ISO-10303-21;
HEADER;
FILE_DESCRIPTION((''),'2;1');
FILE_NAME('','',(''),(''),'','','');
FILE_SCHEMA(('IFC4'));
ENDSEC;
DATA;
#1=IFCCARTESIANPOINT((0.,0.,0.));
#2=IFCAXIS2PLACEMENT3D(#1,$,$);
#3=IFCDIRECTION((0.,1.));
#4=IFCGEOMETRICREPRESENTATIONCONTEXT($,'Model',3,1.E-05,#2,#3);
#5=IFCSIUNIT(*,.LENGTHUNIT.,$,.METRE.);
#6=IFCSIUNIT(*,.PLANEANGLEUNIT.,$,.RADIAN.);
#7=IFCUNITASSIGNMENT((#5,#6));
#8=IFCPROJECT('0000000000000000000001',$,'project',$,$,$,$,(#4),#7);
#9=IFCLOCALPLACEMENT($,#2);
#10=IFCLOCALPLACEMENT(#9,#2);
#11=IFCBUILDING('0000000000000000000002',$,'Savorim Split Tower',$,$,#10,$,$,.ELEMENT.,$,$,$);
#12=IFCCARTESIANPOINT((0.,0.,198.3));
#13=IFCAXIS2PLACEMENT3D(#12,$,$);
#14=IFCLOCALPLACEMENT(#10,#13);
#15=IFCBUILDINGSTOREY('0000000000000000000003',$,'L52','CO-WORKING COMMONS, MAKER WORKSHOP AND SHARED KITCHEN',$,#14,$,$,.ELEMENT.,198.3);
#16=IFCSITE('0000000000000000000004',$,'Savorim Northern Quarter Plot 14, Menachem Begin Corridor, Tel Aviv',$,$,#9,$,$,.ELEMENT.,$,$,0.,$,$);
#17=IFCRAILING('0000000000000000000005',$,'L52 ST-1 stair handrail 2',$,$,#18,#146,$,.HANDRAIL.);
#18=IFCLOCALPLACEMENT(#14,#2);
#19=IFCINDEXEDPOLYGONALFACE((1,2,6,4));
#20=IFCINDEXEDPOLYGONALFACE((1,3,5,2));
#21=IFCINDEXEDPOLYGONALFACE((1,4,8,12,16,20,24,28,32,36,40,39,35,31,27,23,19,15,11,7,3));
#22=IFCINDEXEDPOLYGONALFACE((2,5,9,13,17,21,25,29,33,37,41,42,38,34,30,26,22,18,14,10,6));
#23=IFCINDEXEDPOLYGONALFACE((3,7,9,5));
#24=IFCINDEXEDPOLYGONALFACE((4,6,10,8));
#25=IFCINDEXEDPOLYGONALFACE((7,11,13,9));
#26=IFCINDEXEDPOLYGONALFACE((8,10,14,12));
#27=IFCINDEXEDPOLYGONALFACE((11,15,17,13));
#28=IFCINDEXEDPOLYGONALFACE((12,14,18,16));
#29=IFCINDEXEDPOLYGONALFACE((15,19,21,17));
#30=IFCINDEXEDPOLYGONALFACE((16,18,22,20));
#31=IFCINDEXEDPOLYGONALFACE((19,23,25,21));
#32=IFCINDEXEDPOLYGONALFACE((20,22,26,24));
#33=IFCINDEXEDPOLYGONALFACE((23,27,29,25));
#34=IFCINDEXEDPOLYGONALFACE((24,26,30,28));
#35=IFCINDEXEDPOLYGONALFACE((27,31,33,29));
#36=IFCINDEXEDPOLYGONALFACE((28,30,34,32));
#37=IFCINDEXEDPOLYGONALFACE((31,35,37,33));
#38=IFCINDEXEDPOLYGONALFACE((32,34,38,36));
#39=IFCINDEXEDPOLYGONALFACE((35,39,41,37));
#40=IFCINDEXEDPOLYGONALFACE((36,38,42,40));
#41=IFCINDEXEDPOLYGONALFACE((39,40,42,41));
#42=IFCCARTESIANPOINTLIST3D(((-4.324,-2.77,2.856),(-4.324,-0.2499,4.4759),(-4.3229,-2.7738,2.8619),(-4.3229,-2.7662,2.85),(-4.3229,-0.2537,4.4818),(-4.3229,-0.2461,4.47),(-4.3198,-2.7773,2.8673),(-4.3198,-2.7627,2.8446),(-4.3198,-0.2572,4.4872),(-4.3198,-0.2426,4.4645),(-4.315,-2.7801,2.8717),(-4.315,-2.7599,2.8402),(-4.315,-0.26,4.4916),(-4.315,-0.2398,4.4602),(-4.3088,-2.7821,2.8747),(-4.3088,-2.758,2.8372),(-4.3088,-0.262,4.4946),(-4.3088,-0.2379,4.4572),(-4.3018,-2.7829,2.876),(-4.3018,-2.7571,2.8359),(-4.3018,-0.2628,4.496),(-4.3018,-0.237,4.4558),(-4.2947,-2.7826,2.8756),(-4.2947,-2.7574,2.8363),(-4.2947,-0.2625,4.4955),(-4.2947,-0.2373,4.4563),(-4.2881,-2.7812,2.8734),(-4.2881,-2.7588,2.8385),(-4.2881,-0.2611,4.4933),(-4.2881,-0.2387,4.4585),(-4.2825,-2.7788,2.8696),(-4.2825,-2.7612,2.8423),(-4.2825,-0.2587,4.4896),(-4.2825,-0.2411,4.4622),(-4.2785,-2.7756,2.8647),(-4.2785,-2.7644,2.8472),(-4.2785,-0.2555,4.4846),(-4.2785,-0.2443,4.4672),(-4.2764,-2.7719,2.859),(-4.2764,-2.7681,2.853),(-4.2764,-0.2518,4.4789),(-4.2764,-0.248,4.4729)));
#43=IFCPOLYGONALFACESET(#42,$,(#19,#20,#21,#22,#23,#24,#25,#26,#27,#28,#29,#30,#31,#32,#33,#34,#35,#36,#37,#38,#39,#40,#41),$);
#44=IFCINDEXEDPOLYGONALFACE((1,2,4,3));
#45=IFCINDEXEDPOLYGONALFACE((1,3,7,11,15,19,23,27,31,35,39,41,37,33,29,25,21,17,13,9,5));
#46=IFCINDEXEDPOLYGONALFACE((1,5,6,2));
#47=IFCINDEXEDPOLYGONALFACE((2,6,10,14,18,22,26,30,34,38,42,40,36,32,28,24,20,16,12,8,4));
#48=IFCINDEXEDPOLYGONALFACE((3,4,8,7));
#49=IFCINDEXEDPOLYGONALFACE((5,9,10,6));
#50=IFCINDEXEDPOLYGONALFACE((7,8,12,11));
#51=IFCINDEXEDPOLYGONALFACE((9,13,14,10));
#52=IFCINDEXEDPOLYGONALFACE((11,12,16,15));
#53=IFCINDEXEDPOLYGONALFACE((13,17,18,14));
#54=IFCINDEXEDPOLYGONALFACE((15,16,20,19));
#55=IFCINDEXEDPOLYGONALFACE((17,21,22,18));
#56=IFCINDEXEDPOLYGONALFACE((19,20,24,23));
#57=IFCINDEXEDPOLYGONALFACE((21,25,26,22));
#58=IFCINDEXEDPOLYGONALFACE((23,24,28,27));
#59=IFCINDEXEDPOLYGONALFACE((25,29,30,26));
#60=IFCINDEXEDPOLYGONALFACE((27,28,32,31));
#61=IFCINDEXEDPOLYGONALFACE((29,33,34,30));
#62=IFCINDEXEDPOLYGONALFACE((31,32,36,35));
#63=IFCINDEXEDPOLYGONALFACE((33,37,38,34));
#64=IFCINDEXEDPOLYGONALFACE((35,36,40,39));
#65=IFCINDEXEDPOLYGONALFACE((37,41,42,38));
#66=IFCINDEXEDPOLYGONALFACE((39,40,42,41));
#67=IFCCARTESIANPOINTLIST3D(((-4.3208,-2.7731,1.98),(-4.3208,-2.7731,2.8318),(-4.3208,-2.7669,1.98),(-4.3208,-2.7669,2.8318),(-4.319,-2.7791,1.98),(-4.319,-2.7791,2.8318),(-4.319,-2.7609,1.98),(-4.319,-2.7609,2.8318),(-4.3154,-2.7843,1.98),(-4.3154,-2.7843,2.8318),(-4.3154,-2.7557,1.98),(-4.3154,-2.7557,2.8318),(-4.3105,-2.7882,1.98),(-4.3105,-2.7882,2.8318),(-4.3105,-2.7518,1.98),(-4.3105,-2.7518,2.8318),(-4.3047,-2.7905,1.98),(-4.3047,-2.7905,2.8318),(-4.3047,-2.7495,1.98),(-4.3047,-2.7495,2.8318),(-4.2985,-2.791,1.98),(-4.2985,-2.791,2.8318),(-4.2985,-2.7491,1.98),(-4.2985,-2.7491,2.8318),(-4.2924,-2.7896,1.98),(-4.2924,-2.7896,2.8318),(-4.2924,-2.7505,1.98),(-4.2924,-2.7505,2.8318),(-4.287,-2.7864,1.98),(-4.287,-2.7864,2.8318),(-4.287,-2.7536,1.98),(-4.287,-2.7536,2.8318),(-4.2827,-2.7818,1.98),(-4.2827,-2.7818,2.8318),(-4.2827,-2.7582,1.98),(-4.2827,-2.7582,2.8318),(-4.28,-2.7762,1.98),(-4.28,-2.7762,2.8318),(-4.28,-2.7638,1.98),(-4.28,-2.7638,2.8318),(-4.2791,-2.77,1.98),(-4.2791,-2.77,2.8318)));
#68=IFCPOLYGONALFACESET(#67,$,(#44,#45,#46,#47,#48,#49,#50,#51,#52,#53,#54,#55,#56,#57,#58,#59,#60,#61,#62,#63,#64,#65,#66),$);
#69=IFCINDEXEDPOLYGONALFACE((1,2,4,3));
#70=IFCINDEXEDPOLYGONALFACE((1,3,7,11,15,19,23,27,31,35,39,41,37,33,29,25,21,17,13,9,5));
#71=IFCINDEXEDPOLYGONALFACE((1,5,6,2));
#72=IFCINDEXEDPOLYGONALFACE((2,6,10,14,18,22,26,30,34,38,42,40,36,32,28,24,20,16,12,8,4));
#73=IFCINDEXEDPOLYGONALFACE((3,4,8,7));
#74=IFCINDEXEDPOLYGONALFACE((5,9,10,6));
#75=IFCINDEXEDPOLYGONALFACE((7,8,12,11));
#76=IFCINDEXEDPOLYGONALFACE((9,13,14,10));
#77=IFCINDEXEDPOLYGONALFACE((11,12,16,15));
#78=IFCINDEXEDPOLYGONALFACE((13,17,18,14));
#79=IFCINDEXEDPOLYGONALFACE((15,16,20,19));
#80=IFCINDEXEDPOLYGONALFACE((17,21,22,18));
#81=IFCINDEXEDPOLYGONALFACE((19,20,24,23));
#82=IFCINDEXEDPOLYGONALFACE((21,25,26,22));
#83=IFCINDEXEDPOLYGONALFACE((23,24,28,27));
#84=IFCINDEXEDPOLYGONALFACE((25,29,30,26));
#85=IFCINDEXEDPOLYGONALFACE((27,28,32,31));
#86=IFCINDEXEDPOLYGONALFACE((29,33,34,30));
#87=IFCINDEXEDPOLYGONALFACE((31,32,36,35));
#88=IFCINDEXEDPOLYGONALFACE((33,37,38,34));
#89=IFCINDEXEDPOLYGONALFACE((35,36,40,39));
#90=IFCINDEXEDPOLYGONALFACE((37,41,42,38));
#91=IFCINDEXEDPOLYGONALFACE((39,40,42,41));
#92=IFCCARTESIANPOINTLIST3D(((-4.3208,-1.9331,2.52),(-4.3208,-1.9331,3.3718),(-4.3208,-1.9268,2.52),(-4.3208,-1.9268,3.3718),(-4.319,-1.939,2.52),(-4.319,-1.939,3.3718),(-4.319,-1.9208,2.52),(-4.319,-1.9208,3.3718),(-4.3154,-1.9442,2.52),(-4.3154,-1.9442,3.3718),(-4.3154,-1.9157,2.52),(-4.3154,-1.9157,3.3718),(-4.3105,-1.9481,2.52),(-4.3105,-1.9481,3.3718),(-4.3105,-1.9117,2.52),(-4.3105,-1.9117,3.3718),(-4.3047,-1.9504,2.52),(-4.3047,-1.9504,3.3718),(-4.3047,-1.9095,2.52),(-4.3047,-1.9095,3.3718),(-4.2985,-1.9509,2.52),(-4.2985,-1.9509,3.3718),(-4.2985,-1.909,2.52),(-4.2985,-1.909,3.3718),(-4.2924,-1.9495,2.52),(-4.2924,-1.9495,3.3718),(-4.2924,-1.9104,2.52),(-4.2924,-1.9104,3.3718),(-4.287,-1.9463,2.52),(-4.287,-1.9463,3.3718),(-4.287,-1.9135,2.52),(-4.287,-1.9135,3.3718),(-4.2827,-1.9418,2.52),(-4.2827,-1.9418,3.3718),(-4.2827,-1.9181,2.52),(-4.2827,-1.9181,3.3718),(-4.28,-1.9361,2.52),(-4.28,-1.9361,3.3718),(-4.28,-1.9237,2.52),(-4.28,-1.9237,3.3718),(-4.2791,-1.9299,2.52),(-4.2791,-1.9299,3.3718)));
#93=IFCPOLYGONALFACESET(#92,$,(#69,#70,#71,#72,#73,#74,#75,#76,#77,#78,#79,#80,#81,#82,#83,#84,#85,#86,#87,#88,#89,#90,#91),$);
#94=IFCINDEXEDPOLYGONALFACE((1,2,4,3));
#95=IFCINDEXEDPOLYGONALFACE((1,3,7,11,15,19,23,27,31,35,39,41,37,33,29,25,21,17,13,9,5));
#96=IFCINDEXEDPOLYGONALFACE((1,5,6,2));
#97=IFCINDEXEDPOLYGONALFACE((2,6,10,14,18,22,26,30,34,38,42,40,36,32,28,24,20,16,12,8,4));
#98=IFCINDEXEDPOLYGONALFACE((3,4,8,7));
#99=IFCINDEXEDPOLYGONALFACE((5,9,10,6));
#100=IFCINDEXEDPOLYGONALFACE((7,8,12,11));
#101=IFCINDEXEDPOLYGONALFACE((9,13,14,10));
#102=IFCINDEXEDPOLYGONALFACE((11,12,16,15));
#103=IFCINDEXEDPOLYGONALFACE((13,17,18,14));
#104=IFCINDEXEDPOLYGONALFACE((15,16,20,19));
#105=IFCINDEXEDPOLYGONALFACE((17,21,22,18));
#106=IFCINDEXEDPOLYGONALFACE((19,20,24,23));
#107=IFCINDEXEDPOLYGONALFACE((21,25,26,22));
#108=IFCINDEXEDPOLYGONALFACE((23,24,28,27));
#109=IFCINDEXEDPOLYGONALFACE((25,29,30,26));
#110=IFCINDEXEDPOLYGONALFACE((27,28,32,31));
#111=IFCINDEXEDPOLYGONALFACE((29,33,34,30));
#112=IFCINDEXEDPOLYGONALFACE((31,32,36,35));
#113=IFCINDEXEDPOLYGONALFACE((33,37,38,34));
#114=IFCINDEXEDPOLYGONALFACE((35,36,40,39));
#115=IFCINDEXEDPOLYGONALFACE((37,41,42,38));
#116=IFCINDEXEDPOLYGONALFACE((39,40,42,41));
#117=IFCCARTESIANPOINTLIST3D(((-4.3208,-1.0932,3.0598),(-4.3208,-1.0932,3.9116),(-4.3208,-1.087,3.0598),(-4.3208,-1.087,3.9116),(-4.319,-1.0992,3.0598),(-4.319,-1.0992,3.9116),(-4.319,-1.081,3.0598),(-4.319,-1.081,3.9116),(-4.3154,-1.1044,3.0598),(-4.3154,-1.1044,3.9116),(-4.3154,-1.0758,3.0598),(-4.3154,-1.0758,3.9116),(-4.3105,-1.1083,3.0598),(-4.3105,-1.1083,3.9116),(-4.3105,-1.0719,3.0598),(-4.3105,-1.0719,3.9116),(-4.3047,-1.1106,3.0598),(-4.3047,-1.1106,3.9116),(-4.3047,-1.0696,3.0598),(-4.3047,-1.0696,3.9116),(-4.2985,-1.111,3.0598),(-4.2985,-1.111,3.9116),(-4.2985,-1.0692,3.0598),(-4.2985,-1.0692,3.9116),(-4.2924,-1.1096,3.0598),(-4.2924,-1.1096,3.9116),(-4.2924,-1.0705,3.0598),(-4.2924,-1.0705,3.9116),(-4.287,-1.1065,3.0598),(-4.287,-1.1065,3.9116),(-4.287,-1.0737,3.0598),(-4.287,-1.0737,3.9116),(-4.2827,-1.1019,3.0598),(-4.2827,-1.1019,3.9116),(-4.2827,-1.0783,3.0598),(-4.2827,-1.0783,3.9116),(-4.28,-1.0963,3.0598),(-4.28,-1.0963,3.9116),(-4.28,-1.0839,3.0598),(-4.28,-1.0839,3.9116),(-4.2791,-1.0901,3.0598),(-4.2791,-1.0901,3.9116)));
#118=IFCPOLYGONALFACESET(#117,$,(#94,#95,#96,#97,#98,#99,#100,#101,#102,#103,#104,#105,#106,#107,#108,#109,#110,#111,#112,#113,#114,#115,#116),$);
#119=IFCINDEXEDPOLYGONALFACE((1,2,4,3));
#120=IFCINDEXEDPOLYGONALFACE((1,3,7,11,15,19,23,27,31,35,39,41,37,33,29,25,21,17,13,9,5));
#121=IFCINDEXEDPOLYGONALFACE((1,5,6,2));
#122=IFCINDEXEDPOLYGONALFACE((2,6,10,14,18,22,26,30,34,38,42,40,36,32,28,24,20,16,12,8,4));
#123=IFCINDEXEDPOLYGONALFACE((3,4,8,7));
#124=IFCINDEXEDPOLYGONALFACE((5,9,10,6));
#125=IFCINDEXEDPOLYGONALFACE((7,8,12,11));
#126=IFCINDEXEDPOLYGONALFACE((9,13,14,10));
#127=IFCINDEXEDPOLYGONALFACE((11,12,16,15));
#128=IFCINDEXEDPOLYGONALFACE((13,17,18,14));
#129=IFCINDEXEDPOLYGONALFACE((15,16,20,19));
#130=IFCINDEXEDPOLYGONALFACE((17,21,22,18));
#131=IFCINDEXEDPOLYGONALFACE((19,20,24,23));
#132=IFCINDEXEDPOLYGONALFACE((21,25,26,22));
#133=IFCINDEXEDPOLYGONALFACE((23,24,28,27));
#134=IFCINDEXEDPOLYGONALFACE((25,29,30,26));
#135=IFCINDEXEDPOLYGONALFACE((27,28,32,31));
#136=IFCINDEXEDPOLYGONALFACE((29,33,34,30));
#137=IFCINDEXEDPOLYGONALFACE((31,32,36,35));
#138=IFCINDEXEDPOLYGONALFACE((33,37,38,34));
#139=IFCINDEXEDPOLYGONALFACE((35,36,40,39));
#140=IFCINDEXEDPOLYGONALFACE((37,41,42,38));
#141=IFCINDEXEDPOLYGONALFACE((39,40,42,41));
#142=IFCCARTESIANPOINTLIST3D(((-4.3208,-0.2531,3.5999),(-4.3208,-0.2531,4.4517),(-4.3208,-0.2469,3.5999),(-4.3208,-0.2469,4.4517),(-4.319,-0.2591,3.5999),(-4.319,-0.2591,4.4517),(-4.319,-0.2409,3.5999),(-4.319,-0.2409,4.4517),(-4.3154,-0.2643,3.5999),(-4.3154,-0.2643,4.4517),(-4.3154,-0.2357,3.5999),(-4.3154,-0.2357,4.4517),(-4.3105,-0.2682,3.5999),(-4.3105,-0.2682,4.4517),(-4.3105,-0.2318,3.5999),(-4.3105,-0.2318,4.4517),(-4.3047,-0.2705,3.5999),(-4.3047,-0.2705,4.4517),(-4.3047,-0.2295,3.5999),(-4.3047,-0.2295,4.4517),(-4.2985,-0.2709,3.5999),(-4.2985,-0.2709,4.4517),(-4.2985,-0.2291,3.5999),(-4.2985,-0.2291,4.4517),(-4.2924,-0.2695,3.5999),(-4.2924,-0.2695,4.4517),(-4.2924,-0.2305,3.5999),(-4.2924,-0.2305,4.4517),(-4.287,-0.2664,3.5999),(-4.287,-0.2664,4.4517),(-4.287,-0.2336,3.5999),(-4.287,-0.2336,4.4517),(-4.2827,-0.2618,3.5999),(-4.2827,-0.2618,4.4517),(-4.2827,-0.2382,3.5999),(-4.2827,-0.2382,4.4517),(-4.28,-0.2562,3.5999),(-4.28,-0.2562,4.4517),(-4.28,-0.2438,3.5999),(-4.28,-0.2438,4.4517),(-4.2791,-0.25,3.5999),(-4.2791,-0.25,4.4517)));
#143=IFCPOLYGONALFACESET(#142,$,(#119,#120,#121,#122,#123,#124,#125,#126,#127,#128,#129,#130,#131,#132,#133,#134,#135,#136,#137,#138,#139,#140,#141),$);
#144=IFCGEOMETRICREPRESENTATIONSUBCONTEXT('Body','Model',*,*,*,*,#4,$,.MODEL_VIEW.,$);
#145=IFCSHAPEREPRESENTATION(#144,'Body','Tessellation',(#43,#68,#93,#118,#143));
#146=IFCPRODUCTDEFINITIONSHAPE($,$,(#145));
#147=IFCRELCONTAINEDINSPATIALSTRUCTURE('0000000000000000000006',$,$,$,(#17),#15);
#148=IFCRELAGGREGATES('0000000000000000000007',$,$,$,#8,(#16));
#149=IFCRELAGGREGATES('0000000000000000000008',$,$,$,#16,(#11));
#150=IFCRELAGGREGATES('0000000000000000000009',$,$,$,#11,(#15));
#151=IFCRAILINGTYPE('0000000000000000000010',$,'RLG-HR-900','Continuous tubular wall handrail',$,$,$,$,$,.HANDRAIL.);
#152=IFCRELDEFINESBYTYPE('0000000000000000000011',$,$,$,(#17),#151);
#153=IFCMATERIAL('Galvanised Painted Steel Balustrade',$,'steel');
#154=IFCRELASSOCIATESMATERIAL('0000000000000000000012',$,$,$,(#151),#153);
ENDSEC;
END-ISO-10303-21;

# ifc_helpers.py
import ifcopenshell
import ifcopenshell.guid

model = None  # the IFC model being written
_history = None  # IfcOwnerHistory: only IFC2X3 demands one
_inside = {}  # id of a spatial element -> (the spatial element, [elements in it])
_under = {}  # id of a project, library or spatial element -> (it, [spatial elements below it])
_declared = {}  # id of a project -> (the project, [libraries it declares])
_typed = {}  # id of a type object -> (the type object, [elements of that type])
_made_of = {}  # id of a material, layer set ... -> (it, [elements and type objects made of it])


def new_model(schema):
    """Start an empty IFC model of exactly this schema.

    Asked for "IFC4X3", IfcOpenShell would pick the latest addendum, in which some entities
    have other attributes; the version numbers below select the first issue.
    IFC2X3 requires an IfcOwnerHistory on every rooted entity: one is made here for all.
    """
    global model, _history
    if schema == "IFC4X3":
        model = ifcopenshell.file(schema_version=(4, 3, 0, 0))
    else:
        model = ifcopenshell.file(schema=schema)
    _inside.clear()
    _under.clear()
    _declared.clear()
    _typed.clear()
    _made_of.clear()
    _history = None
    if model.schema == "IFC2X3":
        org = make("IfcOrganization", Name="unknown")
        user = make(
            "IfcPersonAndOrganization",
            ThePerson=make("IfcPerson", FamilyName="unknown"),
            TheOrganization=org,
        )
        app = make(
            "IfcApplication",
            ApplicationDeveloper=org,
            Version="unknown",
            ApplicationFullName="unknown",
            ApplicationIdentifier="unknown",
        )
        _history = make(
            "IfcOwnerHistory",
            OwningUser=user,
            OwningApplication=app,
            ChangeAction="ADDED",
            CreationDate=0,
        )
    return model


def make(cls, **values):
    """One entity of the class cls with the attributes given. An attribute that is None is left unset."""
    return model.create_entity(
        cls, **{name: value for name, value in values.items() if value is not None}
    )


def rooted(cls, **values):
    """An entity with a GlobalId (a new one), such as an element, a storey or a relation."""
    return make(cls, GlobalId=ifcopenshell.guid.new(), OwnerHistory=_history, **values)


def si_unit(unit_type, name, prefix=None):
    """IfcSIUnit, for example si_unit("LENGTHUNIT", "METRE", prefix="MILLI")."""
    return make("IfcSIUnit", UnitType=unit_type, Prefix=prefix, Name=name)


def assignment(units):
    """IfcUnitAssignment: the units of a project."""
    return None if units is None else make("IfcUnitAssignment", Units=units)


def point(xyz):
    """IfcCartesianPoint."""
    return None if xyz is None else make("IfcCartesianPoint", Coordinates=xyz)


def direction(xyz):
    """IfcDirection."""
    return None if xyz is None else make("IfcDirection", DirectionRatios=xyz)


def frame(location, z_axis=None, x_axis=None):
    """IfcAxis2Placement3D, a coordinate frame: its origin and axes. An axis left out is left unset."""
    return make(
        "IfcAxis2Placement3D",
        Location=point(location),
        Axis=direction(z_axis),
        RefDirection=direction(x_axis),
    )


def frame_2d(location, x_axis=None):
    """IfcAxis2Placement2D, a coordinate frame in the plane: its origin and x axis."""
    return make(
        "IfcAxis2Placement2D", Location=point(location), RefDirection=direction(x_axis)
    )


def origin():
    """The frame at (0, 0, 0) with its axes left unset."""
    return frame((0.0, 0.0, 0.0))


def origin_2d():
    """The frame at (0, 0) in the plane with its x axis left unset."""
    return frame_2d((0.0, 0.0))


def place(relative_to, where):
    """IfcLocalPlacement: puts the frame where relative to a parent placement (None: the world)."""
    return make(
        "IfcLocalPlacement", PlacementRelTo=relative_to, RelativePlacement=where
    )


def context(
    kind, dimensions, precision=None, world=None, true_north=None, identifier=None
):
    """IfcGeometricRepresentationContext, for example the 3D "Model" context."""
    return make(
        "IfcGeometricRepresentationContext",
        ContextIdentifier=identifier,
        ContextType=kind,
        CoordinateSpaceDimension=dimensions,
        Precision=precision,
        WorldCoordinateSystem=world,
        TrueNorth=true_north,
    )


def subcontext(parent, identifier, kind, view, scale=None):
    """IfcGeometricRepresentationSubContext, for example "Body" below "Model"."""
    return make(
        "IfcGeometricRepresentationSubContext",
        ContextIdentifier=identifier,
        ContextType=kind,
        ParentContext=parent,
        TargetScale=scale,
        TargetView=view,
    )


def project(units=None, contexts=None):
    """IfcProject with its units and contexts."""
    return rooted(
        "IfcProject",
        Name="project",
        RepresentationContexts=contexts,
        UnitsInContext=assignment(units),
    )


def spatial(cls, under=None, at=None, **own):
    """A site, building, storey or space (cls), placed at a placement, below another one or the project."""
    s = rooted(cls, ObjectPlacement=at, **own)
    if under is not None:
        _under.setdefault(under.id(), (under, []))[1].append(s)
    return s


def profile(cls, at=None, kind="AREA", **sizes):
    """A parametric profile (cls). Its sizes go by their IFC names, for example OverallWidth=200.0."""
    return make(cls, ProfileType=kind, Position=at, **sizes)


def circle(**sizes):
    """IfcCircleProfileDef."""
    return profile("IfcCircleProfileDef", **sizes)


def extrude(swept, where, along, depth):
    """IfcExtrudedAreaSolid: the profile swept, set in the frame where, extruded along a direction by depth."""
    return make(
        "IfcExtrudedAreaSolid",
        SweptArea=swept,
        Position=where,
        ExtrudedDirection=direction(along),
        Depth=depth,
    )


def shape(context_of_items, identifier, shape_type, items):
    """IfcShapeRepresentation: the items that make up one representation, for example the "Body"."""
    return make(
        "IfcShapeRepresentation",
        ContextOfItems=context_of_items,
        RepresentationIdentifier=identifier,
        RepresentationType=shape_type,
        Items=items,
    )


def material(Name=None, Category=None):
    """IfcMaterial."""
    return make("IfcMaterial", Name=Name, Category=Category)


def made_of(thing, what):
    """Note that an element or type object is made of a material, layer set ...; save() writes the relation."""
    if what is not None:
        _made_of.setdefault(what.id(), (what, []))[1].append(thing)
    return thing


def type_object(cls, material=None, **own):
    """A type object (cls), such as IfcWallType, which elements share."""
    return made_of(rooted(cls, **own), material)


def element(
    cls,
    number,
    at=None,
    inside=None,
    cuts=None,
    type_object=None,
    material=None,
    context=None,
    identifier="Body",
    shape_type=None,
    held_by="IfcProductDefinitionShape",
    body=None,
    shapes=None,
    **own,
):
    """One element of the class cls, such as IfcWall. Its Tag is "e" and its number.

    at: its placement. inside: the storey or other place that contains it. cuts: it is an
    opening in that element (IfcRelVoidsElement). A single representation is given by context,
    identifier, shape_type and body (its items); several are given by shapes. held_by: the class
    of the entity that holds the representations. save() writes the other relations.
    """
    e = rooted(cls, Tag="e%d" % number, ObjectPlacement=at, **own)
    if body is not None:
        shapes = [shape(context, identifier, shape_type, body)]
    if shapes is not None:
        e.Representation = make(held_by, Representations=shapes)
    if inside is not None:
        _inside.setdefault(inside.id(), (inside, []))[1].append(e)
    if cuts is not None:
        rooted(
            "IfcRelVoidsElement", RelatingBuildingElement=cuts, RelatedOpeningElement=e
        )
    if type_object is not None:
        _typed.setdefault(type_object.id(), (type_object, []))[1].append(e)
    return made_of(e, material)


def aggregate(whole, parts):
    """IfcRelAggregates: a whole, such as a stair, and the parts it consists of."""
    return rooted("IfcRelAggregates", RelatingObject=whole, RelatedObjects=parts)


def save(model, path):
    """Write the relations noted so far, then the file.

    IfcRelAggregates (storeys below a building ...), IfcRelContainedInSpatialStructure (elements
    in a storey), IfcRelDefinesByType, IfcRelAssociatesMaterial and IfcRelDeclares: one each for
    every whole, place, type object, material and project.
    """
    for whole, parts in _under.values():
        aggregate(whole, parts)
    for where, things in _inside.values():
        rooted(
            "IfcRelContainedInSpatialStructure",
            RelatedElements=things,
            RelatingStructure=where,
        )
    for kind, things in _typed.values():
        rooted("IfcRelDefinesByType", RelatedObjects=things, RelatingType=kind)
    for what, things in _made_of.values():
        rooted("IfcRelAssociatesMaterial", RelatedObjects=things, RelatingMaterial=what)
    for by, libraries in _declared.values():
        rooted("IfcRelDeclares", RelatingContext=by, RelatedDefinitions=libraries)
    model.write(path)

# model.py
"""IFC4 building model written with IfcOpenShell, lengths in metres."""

from ifc_helpers import new_model, si_unit, direction, frame, origin, origin_2d, place, context, subcontext, project, spatial, circle, extrude, material, type_object, element, save


model = new_model("IFC4")

# Units and contexts
model_context = context("Model", 3, precision=1e-05, world=origin(), true_north=direction((0.0, 1.0)))
body_context = subcontext(model_context, "Body", "Model", "MODEL_VIEW")
ifc_project = project(units=[si_unit("LENGTHUNIT", "METRE"), si_unit("PLANEANGLEUNIT", "RADIAN")], contexts=[model_context])

# Site, building, storey
site_placement = place(None, origin())
site = spatial("IfcSite", under=ifc_project, at=site_placement, Name="Savorim Northern Quarter Plot 14, Menachem Begin Corridor, Tel Aviv", CompositionType="ELEMENT", RefElevation=0.0)
building_placement = place(site_placement, origin())
building = spatial("IfcBuilding", under=site, at=building_placement, Name="Savorim Split Tower", CompositionType="ELEMENT")
storey_placement = place(building_placement, frame((0.0, 0.0, 198.3)))
storey = spatial("IfcBuildingStorey", under=building, at=storey_placement, Name="L52", Description="CO-WORKING COMMONS, MAKER WORKSHOP AND SHARED KITCHEN", CompositionType="ELEMENT", Elevation=198.3)

# Railing
ifc_material_1 = material(Name="Galvanised Painted Steel Balustrade", Category="steel")
railing_type_1 = type_object("IfcRailingType", Name="RLG-HR-900", Description="Continuous tubular wall handrail", PredefinedType="HANDRAIL", material=ifc_material_1)
railing_1_placement = place(storey_placement, frame((-4.3, -2.77, 1.98)))
element("IfcRailing", 1, at=railing_1_placement, inside=storey, type_object=railing_type_1, Name="L52 ST-1 stair handrail 2", PredefinedType="HANDRAIL", context=body_context, shape_type="SweptSolid", body=[
    extrude(circle(Radius=0.0239, at=origin_2d()), frame((0.0, 0.0, 0.876), z_axis=(0.0, 0.8412, 0.540725), x_axis=(-1.0, 0.0, 0.0)), (0.0, 0.0, 1.0), 2.9958),
    extrude(circle(Radius=0.021, at=origin_2d()), origin(), (0.0, 0.0, 1.0), 0.8518),
    extrude(circle(Radius=0.021, at=origin_2d()), frame((0.0, 0.8401, 0.54)), (0.0, 0.0, 1.0), 0.8518),
    extrude(circle(Radius=0.021, at=origin_2d()), frame((0.0, 1.6799, 1.0798)), (0.0, 0.0, 1.0), 0.8518),
    extrude(circle(Radius=0.021, at=origin_2d()), frame((0.0, 2.52, 1.6199)), (0.0, 0.0, 1.0), 0.8518),
])

save(model, "model.ifc")
